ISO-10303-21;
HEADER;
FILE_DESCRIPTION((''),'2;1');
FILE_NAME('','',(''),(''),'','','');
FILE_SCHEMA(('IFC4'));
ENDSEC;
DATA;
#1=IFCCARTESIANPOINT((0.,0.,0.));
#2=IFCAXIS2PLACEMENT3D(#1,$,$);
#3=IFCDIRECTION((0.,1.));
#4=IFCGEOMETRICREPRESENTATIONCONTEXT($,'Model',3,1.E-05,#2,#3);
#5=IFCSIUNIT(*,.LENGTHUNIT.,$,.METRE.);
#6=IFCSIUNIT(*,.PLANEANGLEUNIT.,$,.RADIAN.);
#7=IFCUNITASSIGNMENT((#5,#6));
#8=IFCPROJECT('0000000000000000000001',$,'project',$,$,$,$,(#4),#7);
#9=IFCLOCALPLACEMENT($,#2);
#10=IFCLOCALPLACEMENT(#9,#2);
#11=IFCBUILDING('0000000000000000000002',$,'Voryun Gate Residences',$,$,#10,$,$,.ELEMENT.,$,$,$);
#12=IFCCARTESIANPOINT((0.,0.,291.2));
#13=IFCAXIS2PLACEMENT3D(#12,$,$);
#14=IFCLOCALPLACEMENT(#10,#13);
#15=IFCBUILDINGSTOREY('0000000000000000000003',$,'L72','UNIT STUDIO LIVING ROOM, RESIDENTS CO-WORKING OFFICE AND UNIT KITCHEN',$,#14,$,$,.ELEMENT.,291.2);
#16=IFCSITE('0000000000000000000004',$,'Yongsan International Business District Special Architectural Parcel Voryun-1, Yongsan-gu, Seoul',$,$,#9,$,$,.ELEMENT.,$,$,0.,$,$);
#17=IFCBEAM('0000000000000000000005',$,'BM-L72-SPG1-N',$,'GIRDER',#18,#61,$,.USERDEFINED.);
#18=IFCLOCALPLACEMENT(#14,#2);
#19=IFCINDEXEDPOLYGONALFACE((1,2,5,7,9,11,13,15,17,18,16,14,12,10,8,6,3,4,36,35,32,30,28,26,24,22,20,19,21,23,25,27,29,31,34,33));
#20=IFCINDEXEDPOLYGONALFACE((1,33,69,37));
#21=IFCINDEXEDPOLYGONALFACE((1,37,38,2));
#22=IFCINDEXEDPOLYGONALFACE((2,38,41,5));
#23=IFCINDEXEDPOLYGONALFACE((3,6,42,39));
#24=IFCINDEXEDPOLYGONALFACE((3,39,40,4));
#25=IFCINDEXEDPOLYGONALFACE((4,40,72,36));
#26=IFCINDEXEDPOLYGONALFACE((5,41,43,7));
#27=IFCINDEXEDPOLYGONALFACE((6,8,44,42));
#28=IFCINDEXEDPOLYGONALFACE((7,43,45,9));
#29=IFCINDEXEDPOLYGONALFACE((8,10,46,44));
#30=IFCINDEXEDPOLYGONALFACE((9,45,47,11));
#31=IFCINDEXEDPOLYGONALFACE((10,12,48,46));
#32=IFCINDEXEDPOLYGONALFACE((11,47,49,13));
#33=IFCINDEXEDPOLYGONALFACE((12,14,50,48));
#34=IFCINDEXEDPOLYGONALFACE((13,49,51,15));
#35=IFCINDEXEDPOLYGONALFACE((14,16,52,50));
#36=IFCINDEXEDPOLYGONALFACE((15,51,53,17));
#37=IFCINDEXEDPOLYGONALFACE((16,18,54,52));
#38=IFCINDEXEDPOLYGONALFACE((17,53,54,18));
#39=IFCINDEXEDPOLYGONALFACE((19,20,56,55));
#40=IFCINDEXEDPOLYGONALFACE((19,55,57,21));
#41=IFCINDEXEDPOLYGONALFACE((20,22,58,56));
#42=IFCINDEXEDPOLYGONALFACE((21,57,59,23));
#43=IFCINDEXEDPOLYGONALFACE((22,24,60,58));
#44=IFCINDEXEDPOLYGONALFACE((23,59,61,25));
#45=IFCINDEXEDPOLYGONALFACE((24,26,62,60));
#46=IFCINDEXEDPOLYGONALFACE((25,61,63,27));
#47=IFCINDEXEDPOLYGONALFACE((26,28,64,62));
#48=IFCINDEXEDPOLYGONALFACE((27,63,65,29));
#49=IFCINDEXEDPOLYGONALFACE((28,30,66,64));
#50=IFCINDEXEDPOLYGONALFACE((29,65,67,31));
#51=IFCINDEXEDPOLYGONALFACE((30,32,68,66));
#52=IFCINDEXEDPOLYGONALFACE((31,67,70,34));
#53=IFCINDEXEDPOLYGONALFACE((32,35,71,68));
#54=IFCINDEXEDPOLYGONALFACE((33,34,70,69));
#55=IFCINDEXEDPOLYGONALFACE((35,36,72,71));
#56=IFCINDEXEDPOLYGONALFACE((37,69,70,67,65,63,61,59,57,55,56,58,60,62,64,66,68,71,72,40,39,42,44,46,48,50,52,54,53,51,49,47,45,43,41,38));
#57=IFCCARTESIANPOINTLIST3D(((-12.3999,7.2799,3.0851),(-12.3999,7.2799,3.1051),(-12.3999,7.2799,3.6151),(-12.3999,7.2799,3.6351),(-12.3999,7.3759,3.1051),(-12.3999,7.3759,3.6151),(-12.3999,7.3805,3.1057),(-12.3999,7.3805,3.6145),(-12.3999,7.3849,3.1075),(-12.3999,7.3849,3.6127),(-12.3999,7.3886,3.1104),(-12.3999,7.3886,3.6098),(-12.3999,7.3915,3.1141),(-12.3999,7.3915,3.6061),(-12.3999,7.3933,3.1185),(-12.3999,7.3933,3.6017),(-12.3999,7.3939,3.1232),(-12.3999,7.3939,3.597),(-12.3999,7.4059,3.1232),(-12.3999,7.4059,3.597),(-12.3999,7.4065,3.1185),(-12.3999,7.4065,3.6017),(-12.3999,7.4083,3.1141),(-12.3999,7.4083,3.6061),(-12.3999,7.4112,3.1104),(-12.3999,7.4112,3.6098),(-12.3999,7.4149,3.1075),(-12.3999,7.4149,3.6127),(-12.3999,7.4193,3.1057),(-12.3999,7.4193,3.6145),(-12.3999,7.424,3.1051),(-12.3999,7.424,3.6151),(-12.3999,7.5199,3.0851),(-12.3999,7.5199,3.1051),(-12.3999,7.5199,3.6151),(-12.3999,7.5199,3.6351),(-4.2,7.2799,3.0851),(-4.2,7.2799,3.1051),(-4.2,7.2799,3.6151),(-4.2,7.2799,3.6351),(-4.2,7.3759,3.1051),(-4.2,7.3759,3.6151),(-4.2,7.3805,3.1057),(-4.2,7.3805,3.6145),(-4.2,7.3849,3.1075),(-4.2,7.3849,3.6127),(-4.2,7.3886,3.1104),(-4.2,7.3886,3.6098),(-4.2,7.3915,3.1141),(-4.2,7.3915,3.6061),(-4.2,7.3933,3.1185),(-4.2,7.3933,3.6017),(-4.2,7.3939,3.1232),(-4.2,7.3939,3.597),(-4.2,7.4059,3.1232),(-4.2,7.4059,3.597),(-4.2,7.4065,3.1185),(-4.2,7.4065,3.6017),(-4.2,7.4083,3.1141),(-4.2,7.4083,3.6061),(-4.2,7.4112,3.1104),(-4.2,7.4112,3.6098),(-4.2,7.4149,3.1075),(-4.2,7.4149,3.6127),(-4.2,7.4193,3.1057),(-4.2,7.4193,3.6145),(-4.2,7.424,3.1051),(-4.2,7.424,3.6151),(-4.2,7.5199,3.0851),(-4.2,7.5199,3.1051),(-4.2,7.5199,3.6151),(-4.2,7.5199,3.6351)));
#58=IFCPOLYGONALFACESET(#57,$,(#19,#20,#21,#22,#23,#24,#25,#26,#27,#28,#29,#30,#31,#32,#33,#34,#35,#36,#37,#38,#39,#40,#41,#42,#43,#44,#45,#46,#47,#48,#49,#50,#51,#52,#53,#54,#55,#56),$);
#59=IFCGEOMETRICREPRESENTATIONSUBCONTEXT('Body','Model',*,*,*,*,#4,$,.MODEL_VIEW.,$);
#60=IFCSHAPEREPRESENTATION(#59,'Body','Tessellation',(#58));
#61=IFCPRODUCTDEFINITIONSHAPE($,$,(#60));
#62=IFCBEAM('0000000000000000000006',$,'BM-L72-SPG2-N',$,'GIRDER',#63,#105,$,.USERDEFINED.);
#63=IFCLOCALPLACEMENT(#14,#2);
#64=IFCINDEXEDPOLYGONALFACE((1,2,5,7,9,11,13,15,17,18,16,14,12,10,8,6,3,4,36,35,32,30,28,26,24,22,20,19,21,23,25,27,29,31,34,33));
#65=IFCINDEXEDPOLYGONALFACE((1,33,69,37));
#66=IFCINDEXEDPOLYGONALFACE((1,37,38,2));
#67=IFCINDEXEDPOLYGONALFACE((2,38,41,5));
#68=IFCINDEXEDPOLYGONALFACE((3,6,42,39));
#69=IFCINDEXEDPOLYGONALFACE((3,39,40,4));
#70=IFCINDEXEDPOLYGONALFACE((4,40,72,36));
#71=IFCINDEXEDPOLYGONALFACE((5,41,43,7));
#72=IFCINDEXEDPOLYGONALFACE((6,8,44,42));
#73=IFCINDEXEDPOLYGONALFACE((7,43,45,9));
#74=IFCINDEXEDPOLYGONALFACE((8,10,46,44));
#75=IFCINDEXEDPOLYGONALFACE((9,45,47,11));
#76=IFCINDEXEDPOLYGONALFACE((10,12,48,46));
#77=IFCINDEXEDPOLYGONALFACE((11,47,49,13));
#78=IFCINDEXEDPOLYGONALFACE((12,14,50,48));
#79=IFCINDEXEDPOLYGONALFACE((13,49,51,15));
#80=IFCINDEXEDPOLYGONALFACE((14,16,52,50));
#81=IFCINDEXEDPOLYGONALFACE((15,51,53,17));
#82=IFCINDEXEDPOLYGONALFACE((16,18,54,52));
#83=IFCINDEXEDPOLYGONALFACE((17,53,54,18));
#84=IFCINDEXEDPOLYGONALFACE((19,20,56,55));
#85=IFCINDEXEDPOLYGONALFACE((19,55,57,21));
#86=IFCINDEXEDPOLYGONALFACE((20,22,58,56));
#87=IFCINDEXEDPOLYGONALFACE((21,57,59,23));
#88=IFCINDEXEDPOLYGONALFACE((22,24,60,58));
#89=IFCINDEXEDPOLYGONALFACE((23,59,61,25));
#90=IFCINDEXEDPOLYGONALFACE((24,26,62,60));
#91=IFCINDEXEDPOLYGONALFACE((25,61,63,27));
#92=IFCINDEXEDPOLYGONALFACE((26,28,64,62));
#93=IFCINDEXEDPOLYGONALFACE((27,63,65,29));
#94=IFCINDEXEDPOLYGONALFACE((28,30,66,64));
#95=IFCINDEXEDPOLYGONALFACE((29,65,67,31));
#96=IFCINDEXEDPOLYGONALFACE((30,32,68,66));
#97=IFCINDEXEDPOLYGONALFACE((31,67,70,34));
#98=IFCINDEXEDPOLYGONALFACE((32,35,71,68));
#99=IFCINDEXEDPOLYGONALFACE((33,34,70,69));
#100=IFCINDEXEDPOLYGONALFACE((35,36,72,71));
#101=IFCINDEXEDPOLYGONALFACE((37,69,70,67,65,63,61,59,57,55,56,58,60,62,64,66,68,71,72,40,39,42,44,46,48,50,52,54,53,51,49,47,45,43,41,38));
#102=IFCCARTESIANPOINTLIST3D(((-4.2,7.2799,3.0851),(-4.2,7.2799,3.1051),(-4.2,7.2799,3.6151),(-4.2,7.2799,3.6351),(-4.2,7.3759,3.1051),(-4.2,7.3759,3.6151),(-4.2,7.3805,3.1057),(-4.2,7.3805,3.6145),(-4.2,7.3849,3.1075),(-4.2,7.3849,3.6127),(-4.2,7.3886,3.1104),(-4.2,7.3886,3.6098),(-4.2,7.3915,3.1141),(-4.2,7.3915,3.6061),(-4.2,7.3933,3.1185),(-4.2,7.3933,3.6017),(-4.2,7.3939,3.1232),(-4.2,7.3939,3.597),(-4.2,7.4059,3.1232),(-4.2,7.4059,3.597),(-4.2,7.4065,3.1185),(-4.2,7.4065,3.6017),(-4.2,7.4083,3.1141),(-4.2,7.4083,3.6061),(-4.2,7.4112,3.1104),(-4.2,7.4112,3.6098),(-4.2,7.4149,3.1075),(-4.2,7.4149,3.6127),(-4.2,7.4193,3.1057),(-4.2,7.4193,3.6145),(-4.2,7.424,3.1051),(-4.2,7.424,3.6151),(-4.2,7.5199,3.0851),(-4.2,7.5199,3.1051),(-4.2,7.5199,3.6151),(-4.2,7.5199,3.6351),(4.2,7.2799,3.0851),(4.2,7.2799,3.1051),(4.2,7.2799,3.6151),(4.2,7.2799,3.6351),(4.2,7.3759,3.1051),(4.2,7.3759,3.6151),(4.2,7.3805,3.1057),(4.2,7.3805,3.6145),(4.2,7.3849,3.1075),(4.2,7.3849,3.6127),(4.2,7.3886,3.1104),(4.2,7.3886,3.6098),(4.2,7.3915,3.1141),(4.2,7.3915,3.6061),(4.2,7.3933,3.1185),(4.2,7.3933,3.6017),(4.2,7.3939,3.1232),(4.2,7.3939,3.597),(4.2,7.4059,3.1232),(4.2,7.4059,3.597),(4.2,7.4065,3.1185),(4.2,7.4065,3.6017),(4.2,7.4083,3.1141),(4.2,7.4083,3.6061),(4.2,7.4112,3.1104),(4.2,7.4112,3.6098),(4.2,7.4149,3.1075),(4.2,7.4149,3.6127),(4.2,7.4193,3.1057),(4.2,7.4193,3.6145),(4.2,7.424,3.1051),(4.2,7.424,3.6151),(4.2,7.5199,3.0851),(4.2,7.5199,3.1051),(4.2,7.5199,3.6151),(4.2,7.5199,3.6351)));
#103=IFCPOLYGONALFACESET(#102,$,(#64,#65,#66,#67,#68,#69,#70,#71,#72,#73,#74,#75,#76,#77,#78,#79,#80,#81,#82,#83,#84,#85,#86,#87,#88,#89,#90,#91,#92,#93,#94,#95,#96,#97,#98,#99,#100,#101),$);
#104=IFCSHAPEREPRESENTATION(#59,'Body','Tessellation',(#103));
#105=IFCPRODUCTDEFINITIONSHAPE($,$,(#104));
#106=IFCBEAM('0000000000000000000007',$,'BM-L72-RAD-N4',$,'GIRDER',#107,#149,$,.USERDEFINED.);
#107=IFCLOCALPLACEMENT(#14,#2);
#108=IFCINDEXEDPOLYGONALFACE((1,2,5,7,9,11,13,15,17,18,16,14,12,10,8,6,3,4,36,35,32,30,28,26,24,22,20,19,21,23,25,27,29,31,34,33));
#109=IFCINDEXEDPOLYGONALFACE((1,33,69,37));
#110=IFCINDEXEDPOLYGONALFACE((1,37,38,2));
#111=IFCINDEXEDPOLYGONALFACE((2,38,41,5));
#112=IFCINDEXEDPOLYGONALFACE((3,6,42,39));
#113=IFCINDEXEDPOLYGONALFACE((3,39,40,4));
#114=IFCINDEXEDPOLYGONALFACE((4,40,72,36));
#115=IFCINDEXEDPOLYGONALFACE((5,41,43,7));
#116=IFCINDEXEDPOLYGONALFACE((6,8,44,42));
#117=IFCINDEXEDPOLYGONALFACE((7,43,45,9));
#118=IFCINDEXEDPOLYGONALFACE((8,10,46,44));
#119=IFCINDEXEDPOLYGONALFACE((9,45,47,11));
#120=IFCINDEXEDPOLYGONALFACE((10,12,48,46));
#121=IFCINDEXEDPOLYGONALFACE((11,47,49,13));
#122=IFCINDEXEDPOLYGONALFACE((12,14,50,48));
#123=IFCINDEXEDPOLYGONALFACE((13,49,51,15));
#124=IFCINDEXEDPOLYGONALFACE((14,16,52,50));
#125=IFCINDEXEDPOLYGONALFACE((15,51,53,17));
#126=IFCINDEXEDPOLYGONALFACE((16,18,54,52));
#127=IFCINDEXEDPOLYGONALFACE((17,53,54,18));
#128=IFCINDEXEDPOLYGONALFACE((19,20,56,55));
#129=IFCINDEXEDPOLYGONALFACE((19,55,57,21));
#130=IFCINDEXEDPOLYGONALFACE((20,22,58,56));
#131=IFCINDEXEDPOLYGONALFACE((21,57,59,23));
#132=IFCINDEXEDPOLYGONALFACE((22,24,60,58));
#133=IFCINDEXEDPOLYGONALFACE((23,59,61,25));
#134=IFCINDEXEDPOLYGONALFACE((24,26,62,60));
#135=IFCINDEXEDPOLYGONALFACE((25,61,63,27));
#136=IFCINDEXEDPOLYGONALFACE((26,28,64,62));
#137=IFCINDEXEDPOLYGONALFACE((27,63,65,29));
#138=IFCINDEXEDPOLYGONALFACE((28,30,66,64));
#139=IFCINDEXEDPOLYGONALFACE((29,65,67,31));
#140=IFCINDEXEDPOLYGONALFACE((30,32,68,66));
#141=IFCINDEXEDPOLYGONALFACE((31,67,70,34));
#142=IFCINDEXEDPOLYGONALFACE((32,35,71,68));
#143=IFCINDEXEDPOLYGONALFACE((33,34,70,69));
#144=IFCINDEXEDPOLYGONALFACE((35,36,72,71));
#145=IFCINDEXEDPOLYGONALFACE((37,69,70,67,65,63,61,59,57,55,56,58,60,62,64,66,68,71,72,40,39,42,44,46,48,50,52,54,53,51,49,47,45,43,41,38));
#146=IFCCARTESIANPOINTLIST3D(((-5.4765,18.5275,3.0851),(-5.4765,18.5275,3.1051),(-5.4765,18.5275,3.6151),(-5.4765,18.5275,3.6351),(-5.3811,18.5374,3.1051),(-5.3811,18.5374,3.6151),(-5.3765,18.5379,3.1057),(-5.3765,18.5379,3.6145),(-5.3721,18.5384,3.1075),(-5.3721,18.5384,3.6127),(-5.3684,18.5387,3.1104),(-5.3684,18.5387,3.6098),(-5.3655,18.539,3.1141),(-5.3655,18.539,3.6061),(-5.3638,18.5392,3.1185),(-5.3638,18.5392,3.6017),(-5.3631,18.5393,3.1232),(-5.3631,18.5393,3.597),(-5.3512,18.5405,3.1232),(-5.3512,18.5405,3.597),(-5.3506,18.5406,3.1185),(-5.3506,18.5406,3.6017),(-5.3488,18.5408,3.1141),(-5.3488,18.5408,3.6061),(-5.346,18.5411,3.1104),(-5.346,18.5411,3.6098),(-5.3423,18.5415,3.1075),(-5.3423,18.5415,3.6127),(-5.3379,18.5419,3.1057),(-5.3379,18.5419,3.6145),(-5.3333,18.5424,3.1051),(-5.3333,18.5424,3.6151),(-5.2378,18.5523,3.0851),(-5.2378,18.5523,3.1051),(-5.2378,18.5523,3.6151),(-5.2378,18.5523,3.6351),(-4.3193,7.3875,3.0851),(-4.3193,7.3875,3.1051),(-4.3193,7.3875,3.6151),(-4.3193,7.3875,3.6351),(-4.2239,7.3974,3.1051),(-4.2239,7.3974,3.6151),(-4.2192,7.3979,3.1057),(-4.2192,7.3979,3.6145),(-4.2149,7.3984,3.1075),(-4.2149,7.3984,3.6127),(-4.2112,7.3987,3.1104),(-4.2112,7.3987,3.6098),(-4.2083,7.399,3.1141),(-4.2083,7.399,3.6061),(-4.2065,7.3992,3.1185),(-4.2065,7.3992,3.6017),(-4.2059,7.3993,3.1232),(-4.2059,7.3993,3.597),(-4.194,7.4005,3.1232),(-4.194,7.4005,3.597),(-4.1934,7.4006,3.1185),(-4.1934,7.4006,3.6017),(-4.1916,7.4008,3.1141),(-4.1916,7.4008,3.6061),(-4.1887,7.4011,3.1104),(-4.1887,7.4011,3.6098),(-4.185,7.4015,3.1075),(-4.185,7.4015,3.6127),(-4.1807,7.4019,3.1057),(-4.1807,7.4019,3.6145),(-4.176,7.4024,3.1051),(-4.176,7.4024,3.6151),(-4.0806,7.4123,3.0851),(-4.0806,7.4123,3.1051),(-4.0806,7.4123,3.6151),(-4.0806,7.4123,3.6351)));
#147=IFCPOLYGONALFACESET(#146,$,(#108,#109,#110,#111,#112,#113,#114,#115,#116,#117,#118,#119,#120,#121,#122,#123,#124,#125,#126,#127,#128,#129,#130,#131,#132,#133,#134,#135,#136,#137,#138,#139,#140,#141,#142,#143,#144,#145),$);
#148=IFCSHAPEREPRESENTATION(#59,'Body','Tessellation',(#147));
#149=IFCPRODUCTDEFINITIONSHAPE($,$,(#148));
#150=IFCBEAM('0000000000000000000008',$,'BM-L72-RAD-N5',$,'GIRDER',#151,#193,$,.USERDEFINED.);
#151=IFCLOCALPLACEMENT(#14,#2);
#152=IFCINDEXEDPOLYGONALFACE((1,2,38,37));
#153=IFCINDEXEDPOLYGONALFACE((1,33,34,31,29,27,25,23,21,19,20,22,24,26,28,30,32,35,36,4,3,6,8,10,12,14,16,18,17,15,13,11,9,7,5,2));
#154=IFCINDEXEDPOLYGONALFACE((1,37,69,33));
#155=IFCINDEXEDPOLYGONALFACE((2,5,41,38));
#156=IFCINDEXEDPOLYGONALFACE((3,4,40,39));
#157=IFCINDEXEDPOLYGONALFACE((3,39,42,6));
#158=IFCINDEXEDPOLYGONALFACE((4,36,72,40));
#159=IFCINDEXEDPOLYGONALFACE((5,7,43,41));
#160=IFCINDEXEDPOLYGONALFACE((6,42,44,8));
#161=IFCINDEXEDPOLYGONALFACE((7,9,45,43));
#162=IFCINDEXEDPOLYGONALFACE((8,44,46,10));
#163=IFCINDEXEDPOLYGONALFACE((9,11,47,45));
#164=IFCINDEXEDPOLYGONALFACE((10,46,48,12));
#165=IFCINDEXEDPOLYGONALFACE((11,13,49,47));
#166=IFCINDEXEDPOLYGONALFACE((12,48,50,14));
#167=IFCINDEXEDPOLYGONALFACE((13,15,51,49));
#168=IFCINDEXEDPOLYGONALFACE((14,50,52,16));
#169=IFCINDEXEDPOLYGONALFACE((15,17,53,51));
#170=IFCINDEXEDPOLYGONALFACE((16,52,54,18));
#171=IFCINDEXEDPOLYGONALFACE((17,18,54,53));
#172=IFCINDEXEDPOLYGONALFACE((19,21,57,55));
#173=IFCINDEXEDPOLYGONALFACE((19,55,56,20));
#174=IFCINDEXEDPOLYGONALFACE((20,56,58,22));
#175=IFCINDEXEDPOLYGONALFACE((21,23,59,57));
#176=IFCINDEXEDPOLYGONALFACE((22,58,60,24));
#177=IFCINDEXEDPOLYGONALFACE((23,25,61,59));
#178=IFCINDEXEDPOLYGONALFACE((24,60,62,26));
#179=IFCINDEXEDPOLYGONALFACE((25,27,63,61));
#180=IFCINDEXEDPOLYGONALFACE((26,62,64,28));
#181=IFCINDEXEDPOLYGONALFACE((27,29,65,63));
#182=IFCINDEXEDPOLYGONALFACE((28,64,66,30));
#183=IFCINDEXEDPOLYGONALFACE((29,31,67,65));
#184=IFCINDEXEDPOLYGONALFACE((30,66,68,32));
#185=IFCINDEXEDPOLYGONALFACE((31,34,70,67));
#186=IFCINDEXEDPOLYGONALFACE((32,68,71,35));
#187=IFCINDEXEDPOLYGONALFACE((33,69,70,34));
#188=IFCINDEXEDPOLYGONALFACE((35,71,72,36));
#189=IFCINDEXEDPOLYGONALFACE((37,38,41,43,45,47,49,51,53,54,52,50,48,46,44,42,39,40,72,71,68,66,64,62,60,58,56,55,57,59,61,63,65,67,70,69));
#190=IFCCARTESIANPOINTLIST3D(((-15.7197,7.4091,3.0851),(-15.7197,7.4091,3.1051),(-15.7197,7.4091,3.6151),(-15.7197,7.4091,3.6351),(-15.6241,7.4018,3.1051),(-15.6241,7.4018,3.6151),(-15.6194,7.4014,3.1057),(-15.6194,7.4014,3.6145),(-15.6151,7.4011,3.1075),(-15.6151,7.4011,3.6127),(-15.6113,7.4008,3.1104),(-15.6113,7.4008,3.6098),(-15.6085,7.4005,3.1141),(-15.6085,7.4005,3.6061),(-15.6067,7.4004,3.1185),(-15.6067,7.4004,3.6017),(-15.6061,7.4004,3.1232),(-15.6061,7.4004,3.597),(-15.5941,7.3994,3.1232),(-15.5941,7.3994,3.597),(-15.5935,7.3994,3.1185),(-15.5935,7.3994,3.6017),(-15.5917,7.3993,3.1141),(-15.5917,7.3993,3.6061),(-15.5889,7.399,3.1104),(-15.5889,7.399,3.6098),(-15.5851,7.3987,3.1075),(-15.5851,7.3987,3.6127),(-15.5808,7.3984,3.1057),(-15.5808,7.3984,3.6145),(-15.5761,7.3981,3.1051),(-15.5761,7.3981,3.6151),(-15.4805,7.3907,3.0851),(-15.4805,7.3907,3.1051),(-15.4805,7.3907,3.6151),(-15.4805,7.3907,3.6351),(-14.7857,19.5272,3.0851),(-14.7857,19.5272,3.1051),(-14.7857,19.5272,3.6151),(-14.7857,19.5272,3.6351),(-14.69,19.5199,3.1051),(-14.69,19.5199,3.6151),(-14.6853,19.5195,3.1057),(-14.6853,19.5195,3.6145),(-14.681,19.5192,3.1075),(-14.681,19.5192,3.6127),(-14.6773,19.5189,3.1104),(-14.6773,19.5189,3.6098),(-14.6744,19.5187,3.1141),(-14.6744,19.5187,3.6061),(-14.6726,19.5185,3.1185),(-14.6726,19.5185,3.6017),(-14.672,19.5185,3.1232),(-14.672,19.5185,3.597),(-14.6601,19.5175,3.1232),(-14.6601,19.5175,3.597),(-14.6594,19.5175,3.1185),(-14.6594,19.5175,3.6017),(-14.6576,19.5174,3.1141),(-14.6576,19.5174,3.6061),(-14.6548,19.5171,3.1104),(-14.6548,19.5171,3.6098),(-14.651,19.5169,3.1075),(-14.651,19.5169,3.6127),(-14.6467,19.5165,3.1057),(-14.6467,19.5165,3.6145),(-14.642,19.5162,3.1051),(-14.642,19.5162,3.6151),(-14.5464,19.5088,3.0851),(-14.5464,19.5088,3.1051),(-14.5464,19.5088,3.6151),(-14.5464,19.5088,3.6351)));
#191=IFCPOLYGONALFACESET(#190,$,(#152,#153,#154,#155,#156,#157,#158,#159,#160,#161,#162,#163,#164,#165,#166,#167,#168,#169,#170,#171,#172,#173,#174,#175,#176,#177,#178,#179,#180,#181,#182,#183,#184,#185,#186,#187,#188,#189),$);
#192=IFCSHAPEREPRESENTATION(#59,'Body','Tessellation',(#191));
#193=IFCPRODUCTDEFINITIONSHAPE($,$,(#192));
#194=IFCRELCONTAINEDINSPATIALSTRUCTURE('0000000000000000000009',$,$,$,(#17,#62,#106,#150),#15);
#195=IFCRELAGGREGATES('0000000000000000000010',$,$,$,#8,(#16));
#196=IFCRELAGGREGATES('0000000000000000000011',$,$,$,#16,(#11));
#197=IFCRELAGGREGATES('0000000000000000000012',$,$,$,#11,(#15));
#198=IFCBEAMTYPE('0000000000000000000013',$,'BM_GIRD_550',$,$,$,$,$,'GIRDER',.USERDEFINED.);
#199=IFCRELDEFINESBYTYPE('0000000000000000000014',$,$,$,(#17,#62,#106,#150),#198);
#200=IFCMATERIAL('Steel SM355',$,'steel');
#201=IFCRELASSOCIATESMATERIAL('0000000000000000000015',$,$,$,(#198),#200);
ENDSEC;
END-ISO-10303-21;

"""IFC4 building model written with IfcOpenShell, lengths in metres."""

from ifc_helpers import new_model, si_unit, direction, frame, origin, origin_2d, place, context, subcontext, project, spatial, i_section, extrude, material, material_profile, profile_set, type_object, element, save


model = new_model("IFC4")

# Units and contexts
model_context = context("Model", 3, precision=1e-05, world=origin(), true_north=direction((0.0, 1.0)))
body_context = subcontext(model_context, "Body", "Model", "MODEL_VIEW")
ifc_project = project(units=[si_unit("LENGTHUNIT", "METRE"), si_unit("PLANEANGLEUNIT", "RADIAN")], contexts=[model_context])

# Site, building, storey
site_placement = place(None, origin())
site = spatial("IfcSite", under=ifc_project, at=site_placement, Name="Yongsan International Business District Special Architectural Parcel Voryun-1, Yongsan-gu, Seoul", CompositionType="ELEMENT", RefElevation=0.0)
building_placement = place(site_placement, origin())
building = spatial("IfcBuilding", under=site, at=building_placement, Name="Voryun Gate Residences", CompositionType="ELEMENT")
storey_placement = place(building_placement, frame((0.0, 0.0, 291.2)))
storey = spatial("IfcBuildingStorey", under=building, at=storey_placement, Name="L72", Description="UNIT STUDIO LIVING ROOM, RESIDENTS CO-WORKING OFFICE AND UNIT KITCHEN", CompositionType="ELEMENT", Elevation=291.2)

# Beams
ifc_material_1 = material(Name="Steel SM355", Category="steel")
ifc_material_profile_1 = material_profile(ifc_material_1, i_section(OverallWidth=0.24, OverallDepth=0.55, WebThickness=0.012, FlangeThickness=0.02, FilletRadius=0.0181, at=origin_2d()), Name="H-550x240x12x20")
ifc_profile_set_1 = profile_set([ifc_material_profile_1], Name="Steel SM355")
beam_type_1 = type_object("IfcBeamType", Name="BM_GIRD_550", ElementType="GIRDER", PredefinedType="USERDEFINED", material=ifc_profile_set_1)
beam_1_placement = place(storey_placement, frame((-12.3999, 7.3999, 3.3601), z_axis=(1.0, 0.0, 0.0), x_axis=(0.0, 1.0, 0.0)))
element("IfcBeam", 1, at=beam_1_placement, inside=storey, type_object=beam_type_1, Name="BM-L72-SPG1-N", ObjectType="GIRDER", PredefinedType="USERDEFINED", context=body_context, shape_type="SweptSolid", body=[
    extrude(i_section(OverallWidth=0.24, OverallDepth=0.55, WebThickness=0.012, FlangeThickness=0.02, FilletRadius=0.0181, at=origin_2d()), origin(), (0.0, 0.0, 1.0), 8.2),
])
beam_2_placement = place(storey_placement, frame((-4.2, 7.3999, 3.3601), z_axis=(1.0, 0.0, 0.0), x_axis=(0.0, 1.0, 0.0)))
element("IfcBeam", 2, at=beam_2_placement, inside=storey, type_object=beam_type_1, Name="BM-L72-SPG2-N", ObjectType="GIRDER", PredefinedType="USERDEFINED", context=body_context, shape_type="SweptSolid", body=[
    extrude(i_section(OverallWidth=0.24, OverallDepth=0.55, WebThickness=0.012, FlangeThickness=0.02, FilletRadius=0.0181, at=origin_2d()), origin(), (0.0, 0.0, 1.0), 8.3999),
])
beam_3_placement = place(storey_placement, frame((-4.2, 7.3999, 3.3601), z_axis=(-0.103325, 0.994648, 0.0), x_axis=(-0.994648, -0.103325, 0.0)))
element("IfcBeam", 3, at=beam_3_placement, inside=storey, type_object=beam_type_1, Name="BM-L72-RAD-N4", ObjectType="GIRDER", PredefinedType="USERDEFINED", context=body_context, shape_type="SweptSolid", body=[
    extrude(i_section(OverallWidth=0.24, OverallDepth=0.55, WebThickness=0.012, FlangeThickness=0.02, FilletRadius=0.0181, at=origin_2d()), origin(), (0.0, 0.0, 1.0), 11.2),
])
beam_4_placement = place(storey_placement, frame((-15.6001, 7.3999, 3.3601), z_axis=(0.076853, 0.997042, 0.0), x_axis=(-0.997042, 0.076853, 0.0)))
element("IfcBeam", 4, at=beam_4_placement, inside=storey, type_object=beam_type_1, Name="BM-L72-RAD-N5", ObjectType="GIRDER", PredefinedType="USERDEFINED", context=body_context, shape_type="SweptSolid", body=[
    extrude(i_section(OverallWidth=0.24, OverallDepth=0.55, WebThickness=0.012, FlangeThickness=0.02, FilletRadius=0.0181, at=origin_2d()), origin(), (0.0, 0.0, 1.0), 12.1541),
])

save(model, "model.ifc")
